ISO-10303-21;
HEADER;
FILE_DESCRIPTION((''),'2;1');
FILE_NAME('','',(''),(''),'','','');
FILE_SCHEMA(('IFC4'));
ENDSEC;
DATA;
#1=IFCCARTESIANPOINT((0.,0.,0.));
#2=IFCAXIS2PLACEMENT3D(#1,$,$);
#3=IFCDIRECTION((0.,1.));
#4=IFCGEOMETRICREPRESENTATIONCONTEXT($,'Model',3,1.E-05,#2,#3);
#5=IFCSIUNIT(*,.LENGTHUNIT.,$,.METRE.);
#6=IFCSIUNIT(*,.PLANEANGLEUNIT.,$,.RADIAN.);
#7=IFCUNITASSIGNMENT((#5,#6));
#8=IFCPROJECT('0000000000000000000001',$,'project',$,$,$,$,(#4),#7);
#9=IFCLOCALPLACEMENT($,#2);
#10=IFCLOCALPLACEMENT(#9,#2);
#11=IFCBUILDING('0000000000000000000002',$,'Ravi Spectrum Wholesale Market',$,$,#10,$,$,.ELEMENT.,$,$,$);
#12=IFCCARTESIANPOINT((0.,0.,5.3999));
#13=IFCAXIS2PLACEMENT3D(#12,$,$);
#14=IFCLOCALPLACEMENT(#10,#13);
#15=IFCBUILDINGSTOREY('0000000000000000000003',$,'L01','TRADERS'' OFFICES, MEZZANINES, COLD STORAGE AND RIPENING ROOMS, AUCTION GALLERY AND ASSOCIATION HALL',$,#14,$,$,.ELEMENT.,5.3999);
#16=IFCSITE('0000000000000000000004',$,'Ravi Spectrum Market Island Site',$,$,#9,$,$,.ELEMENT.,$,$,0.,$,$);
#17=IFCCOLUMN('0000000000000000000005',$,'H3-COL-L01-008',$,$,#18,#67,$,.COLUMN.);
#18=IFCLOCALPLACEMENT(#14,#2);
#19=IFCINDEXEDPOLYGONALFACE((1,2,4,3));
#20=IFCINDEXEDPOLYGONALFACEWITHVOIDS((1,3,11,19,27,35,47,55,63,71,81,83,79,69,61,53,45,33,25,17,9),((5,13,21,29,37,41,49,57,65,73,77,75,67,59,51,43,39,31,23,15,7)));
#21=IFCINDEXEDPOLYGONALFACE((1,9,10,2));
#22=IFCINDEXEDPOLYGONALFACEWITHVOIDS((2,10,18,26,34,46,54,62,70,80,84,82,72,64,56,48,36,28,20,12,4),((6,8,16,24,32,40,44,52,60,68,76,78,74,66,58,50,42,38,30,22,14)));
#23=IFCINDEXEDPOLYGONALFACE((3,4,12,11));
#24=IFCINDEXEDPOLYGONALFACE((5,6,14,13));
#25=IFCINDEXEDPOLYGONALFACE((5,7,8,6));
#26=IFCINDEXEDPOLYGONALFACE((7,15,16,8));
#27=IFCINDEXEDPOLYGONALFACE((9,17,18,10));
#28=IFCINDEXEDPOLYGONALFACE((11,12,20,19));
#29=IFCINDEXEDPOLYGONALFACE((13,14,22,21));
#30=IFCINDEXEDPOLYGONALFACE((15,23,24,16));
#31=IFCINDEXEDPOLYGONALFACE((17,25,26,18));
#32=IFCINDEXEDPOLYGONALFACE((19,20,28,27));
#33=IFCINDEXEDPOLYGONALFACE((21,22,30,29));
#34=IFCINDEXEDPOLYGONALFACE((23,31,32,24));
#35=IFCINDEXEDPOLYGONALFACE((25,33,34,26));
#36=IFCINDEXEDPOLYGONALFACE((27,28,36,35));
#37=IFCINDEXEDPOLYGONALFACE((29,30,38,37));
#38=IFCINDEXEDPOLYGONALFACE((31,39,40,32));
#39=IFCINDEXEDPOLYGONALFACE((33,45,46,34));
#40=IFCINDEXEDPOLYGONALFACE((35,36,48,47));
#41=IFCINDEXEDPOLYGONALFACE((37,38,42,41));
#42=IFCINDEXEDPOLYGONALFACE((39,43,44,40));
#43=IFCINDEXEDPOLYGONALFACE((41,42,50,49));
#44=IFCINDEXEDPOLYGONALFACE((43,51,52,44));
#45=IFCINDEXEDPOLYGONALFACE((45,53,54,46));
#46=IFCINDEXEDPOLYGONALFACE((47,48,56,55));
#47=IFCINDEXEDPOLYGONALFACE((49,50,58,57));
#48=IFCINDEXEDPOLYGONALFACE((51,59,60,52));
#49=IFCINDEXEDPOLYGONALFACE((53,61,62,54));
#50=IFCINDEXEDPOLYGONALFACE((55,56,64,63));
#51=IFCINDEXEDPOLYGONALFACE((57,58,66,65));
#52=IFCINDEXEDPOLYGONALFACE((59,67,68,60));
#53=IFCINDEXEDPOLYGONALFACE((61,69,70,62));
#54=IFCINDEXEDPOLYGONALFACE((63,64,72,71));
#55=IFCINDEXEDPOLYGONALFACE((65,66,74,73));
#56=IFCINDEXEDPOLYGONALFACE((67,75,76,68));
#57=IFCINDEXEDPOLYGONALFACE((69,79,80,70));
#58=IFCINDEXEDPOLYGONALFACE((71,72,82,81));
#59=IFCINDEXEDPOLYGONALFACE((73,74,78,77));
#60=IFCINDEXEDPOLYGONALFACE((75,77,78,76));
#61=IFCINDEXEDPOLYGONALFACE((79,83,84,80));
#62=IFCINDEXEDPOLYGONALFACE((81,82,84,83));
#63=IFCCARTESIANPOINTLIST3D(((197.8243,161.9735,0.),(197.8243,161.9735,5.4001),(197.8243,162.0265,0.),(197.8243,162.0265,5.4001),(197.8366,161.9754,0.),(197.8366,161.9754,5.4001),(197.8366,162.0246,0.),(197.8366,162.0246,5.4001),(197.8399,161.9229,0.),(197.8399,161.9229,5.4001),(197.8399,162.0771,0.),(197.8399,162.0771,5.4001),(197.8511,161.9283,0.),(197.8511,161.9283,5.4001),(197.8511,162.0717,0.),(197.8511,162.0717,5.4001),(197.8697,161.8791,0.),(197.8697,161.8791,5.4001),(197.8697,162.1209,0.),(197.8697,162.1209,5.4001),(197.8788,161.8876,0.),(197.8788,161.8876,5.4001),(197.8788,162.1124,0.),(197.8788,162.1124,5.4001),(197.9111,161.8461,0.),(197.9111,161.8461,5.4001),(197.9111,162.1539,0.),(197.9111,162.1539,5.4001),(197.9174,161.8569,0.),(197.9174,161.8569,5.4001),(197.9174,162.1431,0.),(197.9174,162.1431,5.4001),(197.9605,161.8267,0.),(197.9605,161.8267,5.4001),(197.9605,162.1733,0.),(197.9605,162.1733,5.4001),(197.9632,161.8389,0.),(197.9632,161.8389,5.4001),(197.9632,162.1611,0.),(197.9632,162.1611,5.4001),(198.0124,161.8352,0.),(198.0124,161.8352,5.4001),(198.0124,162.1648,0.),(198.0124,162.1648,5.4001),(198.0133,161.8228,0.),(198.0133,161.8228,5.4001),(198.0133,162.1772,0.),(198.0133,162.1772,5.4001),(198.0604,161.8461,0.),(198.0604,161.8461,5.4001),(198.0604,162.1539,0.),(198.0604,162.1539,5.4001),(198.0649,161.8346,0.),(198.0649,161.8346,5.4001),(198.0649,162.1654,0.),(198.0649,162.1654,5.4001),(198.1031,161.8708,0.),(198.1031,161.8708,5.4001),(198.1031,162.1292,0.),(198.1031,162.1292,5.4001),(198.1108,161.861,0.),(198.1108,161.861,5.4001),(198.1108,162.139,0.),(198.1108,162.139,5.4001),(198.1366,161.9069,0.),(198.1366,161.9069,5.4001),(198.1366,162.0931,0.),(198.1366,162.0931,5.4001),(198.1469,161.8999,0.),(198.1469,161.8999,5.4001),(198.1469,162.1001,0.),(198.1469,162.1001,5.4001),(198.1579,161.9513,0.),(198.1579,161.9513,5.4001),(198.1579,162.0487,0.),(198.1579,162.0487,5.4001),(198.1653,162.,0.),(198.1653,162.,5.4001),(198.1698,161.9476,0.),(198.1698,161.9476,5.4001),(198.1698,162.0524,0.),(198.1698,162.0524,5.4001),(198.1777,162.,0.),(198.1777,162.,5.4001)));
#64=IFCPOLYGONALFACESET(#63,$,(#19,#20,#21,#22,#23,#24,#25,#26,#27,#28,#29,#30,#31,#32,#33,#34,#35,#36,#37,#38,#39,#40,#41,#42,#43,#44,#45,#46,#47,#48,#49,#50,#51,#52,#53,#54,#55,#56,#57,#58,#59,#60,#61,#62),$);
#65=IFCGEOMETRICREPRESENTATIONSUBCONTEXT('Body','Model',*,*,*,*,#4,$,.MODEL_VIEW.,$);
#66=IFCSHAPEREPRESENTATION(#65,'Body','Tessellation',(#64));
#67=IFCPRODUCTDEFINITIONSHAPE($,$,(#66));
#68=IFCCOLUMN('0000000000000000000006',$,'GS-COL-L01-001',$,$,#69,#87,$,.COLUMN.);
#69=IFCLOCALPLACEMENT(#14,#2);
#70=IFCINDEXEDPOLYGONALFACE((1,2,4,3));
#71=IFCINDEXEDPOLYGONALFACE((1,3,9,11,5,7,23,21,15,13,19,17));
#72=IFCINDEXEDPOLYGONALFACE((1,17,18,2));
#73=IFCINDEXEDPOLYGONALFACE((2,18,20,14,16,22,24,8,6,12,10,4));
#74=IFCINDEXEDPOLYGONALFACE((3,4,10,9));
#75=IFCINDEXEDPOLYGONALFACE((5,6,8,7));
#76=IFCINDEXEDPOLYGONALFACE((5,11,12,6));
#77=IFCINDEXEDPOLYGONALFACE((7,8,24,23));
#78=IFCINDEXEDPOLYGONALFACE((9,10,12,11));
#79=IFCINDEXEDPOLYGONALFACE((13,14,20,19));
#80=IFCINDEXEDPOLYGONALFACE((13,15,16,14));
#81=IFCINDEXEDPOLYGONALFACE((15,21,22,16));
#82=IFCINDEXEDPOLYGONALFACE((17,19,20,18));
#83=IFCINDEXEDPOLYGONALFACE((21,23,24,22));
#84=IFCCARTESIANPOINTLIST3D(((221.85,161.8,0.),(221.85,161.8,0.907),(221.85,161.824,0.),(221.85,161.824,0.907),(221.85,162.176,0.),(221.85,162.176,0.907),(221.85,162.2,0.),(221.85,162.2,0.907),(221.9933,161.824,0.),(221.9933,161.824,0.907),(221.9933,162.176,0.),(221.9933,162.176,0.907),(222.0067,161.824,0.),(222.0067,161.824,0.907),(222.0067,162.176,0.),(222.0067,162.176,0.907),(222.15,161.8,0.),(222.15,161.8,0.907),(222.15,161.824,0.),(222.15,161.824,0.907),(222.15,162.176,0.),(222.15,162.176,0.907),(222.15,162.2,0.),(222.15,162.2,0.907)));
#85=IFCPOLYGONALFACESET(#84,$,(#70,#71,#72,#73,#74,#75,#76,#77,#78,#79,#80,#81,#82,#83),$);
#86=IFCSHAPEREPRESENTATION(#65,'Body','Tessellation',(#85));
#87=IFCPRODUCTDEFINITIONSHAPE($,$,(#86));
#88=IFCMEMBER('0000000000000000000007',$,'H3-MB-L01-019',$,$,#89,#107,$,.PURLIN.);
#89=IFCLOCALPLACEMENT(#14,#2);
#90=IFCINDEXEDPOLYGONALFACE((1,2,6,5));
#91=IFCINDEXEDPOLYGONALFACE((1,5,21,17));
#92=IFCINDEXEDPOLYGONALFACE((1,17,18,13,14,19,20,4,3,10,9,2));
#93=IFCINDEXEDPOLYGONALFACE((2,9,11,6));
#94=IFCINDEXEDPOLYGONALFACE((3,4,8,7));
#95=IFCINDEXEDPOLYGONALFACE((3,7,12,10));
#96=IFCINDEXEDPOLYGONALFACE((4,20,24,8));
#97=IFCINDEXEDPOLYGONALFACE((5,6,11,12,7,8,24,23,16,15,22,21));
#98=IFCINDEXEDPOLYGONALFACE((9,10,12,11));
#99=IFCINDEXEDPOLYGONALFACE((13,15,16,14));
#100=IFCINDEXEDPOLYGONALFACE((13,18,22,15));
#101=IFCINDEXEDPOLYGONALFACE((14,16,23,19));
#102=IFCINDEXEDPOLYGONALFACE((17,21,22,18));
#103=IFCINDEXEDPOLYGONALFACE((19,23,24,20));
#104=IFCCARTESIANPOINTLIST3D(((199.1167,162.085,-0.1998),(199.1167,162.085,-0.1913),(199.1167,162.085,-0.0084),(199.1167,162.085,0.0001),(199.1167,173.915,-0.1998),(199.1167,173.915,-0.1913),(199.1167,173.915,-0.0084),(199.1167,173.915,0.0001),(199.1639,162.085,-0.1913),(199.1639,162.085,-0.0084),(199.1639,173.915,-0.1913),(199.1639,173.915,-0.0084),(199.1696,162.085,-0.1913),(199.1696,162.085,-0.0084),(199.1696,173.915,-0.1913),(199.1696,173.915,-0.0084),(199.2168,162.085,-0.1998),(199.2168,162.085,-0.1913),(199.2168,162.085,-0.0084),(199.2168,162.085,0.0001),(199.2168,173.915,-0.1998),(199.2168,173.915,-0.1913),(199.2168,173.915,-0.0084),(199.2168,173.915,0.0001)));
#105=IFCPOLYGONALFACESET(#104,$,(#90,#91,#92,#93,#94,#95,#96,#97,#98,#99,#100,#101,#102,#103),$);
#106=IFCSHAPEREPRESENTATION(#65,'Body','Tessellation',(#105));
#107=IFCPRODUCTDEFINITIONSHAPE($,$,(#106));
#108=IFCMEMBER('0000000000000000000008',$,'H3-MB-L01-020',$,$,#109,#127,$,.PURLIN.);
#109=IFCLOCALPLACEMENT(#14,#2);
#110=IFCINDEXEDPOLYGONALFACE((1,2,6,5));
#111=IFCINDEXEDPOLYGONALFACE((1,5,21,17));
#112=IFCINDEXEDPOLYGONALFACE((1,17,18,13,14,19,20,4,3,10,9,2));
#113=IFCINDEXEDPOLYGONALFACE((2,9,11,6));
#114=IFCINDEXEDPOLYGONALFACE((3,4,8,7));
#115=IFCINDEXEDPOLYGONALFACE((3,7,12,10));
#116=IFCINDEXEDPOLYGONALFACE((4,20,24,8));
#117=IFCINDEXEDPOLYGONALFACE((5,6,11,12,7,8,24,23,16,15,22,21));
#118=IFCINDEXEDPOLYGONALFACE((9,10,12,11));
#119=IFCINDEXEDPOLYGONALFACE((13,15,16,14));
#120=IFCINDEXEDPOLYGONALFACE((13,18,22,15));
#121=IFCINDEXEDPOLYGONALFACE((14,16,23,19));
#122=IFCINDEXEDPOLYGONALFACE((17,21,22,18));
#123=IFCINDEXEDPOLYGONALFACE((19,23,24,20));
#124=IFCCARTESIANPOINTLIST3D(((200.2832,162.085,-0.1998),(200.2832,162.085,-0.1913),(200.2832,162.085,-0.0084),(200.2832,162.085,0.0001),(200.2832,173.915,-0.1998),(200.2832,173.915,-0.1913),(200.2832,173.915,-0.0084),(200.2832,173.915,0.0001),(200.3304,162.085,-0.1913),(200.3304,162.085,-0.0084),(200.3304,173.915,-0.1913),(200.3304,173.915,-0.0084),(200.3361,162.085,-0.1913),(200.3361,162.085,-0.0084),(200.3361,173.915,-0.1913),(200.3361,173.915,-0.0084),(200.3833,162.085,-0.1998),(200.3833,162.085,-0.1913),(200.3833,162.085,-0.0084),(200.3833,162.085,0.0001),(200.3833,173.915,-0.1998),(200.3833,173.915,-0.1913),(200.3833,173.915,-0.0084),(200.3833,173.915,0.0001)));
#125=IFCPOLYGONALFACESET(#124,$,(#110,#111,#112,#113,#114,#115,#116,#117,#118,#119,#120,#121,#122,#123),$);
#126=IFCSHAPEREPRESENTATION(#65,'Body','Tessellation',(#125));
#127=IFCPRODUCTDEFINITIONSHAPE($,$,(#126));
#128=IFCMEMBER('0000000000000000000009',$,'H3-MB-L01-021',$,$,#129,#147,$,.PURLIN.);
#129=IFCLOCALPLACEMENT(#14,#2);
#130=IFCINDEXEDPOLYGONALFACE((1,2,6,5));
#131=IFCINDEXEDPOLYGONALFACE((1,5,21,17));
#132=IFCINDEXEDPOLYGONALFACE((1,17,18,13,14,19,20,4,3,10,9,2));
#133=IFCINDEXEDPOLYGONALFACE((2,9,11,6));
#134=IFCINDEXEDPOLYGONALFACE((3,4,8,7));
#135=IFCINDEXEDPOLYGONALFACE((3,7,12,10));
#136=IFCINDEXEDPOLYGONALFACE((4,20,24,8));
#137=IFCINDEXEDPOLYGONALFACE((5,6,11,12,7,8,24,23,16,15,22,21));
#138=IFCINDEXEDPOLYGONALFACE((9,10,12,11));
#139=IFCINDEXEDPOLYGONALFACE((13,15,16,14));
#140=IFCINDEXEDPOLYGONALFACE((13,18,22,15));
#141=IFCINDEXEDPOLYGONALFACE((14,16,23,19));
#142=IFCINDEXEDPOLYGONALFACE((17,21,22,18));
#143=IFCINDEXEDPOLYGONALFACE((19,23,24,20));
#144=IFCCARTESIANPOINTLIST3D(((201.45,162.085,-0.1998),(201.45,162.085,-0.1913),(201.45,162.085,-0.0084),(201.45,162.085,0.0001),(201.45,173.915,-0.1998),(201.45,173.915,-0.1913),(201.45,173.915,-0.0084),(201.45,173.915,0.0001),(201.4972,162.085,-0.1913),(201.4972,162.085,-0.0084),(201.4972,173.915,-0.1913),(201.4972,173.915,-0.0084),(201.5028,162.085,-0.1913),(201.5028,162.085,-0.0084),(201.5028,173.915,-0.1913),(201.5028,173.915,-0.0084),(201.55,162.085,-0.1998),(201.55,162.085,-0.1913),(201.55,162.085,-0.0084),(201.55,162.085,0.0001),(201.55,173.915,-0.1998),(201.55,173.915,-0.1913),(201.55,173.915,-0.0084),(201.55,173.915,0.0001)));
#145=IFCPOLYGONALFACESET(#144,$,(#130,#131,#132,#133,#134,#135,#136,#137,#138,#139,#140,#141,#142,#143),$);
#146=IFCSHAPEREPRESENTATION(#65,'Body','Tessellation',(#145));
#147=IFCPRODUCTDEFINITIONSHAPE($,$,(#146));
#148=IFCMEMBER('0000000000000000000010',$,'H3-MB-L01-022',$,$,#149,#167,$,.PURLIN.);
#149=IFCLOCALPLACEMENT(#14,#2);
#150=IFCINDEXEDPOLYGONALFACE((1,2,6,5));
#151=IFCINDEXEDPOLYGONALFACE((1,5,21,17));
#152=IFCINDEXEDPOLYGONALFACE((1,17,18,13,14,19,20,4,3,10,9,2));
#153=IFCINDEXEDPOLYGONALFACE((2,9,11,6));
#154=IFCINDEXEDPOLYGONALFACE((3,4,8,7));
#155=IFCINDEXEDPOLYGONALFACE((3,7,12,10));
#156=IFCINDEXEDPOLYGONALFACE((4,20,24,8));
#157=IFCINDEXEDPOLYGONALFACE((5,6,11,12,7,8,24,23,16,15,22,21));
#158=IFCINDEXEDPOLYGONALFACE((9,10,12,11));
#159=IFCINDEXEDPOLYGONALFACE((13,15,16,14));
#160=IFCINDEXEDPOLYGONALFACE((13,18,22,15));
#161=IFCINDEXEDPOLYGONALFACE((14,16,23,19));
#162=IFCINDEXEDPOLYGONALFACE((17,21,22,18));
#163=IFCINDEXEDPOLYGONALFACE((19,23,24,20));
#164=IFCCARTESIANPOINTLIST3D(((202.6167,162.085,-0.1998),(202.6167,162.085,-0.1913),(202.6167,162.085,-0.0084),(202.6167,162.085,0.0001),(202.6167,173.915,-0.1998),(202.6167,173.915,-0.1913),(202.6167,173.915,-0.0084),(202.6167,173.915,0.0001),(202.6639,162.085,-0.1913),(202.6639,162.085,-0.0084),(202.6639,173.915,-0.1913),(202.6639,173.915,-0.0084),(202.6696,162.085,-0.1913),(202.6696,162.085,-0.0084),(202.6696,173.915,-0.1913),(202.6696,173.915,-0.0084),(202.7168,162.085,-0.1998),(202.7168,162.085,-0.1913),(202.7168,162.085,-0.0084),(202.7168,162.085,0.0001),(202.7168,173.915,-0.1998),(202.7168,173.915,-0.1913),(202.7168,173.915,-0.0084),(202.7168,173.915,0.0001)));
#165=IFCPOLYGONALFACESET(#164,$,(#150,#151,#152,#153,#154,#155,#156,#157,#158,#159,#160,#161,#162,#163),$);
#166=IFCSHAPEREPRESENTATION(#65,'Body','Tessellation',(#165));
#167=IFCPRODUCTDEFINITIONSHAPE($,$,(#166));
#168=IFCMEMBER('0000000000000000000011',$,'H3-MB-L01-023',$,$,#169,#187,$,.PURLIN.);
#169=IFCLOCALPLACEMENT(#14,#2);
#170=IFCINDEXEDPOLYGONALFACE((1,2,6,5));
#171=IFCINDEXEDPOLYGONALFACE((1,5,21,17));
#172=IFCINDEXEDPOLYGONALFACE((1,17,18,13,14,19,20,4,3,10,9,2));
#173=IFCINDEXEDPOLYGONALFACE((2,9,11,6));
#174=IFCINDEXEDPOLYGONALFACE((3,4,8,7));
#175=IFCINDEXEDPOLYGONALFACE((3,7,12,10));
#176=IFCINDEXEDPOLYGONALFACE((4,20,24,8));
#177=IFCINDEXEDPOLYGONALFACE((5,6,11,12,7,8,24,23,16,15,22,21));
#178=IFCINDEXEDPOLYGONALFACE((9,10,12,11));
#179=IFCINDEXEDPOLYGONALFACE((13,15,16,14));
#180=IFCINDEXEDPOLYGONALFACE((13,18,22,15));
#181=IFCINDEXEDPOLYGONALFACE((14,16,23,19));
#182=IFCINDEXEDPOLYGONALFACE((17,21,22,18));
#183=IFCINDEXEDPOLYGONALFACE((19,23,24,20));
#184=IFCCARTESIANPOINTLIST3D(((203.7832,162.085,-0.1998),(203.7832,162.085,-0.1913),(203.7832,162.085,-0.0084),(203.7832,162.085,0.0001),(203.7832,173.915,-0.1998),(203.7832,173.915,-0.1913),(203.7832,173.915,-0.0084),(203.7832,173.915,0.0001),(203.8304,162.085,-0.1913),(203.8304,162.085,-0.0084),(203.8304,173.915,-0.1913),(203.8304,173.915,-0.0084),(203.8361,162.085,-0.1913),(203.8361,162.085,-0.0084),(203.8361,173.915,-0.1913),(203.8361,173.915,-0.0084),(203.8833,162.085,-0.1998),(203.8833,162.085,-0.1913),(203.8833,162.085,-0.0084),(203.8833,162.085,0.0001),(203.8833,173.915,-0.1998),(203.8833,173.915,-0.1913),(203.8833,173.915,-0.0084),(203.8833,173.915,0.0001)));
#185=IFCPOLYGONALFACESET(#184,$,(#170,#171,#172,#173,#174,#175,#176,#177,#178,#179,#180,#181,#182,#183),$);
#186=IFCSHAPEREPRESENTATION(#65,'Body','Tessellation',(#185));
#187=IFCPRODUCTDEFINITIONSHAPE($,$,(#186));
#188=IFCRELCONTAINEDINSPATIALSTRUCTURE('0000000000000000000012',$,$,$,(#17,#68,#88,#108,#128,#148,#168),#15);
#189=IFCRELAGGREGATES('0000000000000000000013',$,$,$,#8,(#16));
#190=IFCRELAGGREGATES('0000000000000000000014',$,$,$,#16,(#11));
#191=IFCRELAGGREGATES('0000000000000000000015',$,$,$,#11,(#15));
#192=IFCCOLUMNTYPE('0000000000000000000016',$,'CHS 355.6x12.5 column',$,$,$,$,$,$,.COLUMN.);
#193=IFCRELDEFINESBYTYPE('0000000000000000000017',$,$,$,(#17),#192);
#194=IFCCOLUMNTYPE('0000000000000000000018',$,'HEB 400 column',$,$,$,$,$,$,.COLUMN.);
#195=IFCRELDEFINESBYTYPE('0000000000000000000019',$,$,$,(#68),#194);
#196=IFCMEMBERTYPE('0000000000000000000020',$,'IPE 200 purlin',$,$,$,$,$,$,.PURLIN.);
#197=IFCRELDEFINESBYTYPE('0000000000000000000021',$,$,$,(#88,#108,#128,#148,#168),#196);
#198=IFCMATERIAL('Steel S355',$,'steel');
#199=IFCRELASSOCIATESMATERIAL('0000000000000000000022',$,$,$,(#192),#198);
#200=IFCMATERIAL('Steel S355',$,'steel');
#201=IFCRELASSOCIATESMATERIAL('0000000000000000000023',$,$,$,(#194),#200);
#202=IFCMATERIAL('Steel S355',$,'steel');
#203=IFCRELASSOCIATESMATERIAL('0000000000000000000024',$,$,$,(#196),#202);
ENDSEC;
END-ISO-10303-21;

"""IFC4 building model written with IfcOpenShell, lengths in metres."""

from ifc_helpers import new_model, si_unit, direction, frame, origin, origin_2d, place, context, subcontext, project, spatial, hollow_circle, i_section, extrude, material, material_profile, profile_set, type_object, element, save


model = new_model("IFC4")

# Units and contexts
model_context = context("Model", 3, precision=1e-05, world=origin(), true_north=direction((0.0, 1.0)))
body_context = subcontext(model_context, "Body", "Model", "MODEL_VIEW")
ifc_project = project(units=[si_unit("LENGTHUNIT", "METRE"), si_unit("PLANEANGLEUNIT", "RADIAN")], contexts=[model_context])

# Site, building, storey
site_placement = place(None, origin())
site = spatial("IfcSite", under=ifc_project, at=site_placement, Name="Ravi Spectrum Market Island Site", CompositionType="ELEMENT", RefElevation=0.0)
building_placement = place(site_placement, origin())
building = spatial("IfcBuilding", under=site, at=building_placement, Name="Ravi Spectrum Wholesale Market", CompositionType="ELEMENT")
storey_placement = place(building_placement, frame((0.0, 0.0, 5.3999)))
storey = spatial("IfcBuildingStorey", under=building, at=storey_placement, Name="L01", Description="TRADERS' OFFICES, MEZZANINES, COLD STORAGE AND RIPENING ROOMS, AUCTION GALLERY AND ASSOCIATION HALL", CompositionType="ELEMENT", Elevation=5.3999)

# Columns
ifc_material_1 = material(Name="Steel S355", Category="steel")
ifc_material_profile_1 = material_profile(ifc_material_1, hollow_circle(Radius=0.1777, WallThickness=0.0125, at=origin_2d()))
ifc_profile_set_1 = profile_set([ifc_material_profile_1], Name="Steel S355")
column_type_1 = type_object("IfcColumnType", Name="CHS 355.6x12.5 column", PredefinedType="COLUMN", material=ifc_profile_set_1)
column_1_placement = place(storey_placement, frame((198.0, 162.0, 0.0), z_axis=(0.0, 0.0, 1.0), x_axis=(1.0, 0.0, 0.0)))
element("IfcColumn", 1, at=column_1_placement, inside=storey, type_object=column_type_1, Name="H3-COL-L01-008", PredefinedType="COLUMN", context=body_context, shape_type="SweptSolid", body=[
    extrude(hollow_circle(Radius=0.1777, WallThickness=0.0125, at=origin_2d()), origin(), (0.0, 0.0, 1.0), 5.4001),
])
ifc_material_2 = material(Name="Steel S355", Category="steel")
ifc_material_profile_2 = material_profile(ifc_material_2, i_section(OverallWidth=0.3, OverallDepth=0.3999, WebThickness=0.0134, FlangeThickness=0.0239, at=origin_2d()))
ifc_profile_set_2 = profile_set([ifc_material_profile_2], Name="Steel S355")
column_type_2 = type_object("IfcColumnType", Name="HEB 400 column", PredefinedType="COLUMN", material=ifc_profile_set_2)
column_2_placement = place(storey_placement, frame((222.0, 162.0, 0.0), z_axis=(0.0, 0.0, 1.0), x_axis=(1.0, 0.0, 0.0)))
element("IfcColumn", 2, at=column_2_placement, inside=storey, type_object=column_type_2, Name="GS-COL-L01-001", PredefinedType="COLUMN", context=body_context, shape_type="SweptSolid", body=[
    extrude(i_section(OverallWidth=0.3, OverallDepth=0.3999, WebThickness=0.0134, FlangeThickness=0.0239, at=origin_2d()), origin(), (0.0, 0.0, 1.0), 0.907),
])

# Members
ifc_material_3 = material(Name="Steel S355", Category="steel")
ifc_material_profile_3 = material_profile(ifc_material_3, i_section(OverallWidth=0.1001, OverallDepth=0.2, WebThickness=0.0056, FlangeThickness=0.0085, at=origin_2d()))
ifc_profile_set_3 = profile_set([ifc_material_profile_3], Name="Steel S355")
member_type_1 = type_object("IfcMemberType", Name="IPE 200 purlin", PredefinedType="PURLIN", material=ifc_profile_set_3)
for number, where, z_axis, x_axis, name in (
    (3, (199.1667, 162.085, -0.0999), (0.0, 1.0, 0.0), (-1.0, 0.0, 0.0), "H3-MB-L01-019"),
    (4, (200.3333, 162.085, -0.0999), (0.0, 1.0, 0.0), (-1.0, 0.0, 0.0), "H3-MB-L01-020"),
    (5, (201.5, 162.085, -0.0999), (0.0, 1.0, 0.0), (-1.0, 0.0, 0.0), "H3-MB-L01-021"),
    (6, (202.6667, 162.085, -0.0999), (0.0, 1.0, 0.0), (-1.0, 0.0, 0.0), "H3-MB-L01-022"),
    (7, (203.8333, 162.085, -0.0999), (0.0, 1.0, 0.0), (-1.0, 0.0, 0.0), "H3-MB-L01-023"),
):
    element("IfcMember", number, at=place(storey_placement, frame(where, z_axis=z_axis, x_axis=x_axis)), inside=storey, type_object=member_type_1, Name=name, PredefinedType="PURLIN", context=body_context, shape_type="SweptSolid", body=[
        extrude(i_section(OverallWidth=0.1001, OverallDepth=0.2, WebThickness=0.0056, FlangeThickness=0.0085, at=origin_2d()), origin(), (0.0, 0.0, 1.0), 11.8301),
    ])

save(model, "model.ifc")
